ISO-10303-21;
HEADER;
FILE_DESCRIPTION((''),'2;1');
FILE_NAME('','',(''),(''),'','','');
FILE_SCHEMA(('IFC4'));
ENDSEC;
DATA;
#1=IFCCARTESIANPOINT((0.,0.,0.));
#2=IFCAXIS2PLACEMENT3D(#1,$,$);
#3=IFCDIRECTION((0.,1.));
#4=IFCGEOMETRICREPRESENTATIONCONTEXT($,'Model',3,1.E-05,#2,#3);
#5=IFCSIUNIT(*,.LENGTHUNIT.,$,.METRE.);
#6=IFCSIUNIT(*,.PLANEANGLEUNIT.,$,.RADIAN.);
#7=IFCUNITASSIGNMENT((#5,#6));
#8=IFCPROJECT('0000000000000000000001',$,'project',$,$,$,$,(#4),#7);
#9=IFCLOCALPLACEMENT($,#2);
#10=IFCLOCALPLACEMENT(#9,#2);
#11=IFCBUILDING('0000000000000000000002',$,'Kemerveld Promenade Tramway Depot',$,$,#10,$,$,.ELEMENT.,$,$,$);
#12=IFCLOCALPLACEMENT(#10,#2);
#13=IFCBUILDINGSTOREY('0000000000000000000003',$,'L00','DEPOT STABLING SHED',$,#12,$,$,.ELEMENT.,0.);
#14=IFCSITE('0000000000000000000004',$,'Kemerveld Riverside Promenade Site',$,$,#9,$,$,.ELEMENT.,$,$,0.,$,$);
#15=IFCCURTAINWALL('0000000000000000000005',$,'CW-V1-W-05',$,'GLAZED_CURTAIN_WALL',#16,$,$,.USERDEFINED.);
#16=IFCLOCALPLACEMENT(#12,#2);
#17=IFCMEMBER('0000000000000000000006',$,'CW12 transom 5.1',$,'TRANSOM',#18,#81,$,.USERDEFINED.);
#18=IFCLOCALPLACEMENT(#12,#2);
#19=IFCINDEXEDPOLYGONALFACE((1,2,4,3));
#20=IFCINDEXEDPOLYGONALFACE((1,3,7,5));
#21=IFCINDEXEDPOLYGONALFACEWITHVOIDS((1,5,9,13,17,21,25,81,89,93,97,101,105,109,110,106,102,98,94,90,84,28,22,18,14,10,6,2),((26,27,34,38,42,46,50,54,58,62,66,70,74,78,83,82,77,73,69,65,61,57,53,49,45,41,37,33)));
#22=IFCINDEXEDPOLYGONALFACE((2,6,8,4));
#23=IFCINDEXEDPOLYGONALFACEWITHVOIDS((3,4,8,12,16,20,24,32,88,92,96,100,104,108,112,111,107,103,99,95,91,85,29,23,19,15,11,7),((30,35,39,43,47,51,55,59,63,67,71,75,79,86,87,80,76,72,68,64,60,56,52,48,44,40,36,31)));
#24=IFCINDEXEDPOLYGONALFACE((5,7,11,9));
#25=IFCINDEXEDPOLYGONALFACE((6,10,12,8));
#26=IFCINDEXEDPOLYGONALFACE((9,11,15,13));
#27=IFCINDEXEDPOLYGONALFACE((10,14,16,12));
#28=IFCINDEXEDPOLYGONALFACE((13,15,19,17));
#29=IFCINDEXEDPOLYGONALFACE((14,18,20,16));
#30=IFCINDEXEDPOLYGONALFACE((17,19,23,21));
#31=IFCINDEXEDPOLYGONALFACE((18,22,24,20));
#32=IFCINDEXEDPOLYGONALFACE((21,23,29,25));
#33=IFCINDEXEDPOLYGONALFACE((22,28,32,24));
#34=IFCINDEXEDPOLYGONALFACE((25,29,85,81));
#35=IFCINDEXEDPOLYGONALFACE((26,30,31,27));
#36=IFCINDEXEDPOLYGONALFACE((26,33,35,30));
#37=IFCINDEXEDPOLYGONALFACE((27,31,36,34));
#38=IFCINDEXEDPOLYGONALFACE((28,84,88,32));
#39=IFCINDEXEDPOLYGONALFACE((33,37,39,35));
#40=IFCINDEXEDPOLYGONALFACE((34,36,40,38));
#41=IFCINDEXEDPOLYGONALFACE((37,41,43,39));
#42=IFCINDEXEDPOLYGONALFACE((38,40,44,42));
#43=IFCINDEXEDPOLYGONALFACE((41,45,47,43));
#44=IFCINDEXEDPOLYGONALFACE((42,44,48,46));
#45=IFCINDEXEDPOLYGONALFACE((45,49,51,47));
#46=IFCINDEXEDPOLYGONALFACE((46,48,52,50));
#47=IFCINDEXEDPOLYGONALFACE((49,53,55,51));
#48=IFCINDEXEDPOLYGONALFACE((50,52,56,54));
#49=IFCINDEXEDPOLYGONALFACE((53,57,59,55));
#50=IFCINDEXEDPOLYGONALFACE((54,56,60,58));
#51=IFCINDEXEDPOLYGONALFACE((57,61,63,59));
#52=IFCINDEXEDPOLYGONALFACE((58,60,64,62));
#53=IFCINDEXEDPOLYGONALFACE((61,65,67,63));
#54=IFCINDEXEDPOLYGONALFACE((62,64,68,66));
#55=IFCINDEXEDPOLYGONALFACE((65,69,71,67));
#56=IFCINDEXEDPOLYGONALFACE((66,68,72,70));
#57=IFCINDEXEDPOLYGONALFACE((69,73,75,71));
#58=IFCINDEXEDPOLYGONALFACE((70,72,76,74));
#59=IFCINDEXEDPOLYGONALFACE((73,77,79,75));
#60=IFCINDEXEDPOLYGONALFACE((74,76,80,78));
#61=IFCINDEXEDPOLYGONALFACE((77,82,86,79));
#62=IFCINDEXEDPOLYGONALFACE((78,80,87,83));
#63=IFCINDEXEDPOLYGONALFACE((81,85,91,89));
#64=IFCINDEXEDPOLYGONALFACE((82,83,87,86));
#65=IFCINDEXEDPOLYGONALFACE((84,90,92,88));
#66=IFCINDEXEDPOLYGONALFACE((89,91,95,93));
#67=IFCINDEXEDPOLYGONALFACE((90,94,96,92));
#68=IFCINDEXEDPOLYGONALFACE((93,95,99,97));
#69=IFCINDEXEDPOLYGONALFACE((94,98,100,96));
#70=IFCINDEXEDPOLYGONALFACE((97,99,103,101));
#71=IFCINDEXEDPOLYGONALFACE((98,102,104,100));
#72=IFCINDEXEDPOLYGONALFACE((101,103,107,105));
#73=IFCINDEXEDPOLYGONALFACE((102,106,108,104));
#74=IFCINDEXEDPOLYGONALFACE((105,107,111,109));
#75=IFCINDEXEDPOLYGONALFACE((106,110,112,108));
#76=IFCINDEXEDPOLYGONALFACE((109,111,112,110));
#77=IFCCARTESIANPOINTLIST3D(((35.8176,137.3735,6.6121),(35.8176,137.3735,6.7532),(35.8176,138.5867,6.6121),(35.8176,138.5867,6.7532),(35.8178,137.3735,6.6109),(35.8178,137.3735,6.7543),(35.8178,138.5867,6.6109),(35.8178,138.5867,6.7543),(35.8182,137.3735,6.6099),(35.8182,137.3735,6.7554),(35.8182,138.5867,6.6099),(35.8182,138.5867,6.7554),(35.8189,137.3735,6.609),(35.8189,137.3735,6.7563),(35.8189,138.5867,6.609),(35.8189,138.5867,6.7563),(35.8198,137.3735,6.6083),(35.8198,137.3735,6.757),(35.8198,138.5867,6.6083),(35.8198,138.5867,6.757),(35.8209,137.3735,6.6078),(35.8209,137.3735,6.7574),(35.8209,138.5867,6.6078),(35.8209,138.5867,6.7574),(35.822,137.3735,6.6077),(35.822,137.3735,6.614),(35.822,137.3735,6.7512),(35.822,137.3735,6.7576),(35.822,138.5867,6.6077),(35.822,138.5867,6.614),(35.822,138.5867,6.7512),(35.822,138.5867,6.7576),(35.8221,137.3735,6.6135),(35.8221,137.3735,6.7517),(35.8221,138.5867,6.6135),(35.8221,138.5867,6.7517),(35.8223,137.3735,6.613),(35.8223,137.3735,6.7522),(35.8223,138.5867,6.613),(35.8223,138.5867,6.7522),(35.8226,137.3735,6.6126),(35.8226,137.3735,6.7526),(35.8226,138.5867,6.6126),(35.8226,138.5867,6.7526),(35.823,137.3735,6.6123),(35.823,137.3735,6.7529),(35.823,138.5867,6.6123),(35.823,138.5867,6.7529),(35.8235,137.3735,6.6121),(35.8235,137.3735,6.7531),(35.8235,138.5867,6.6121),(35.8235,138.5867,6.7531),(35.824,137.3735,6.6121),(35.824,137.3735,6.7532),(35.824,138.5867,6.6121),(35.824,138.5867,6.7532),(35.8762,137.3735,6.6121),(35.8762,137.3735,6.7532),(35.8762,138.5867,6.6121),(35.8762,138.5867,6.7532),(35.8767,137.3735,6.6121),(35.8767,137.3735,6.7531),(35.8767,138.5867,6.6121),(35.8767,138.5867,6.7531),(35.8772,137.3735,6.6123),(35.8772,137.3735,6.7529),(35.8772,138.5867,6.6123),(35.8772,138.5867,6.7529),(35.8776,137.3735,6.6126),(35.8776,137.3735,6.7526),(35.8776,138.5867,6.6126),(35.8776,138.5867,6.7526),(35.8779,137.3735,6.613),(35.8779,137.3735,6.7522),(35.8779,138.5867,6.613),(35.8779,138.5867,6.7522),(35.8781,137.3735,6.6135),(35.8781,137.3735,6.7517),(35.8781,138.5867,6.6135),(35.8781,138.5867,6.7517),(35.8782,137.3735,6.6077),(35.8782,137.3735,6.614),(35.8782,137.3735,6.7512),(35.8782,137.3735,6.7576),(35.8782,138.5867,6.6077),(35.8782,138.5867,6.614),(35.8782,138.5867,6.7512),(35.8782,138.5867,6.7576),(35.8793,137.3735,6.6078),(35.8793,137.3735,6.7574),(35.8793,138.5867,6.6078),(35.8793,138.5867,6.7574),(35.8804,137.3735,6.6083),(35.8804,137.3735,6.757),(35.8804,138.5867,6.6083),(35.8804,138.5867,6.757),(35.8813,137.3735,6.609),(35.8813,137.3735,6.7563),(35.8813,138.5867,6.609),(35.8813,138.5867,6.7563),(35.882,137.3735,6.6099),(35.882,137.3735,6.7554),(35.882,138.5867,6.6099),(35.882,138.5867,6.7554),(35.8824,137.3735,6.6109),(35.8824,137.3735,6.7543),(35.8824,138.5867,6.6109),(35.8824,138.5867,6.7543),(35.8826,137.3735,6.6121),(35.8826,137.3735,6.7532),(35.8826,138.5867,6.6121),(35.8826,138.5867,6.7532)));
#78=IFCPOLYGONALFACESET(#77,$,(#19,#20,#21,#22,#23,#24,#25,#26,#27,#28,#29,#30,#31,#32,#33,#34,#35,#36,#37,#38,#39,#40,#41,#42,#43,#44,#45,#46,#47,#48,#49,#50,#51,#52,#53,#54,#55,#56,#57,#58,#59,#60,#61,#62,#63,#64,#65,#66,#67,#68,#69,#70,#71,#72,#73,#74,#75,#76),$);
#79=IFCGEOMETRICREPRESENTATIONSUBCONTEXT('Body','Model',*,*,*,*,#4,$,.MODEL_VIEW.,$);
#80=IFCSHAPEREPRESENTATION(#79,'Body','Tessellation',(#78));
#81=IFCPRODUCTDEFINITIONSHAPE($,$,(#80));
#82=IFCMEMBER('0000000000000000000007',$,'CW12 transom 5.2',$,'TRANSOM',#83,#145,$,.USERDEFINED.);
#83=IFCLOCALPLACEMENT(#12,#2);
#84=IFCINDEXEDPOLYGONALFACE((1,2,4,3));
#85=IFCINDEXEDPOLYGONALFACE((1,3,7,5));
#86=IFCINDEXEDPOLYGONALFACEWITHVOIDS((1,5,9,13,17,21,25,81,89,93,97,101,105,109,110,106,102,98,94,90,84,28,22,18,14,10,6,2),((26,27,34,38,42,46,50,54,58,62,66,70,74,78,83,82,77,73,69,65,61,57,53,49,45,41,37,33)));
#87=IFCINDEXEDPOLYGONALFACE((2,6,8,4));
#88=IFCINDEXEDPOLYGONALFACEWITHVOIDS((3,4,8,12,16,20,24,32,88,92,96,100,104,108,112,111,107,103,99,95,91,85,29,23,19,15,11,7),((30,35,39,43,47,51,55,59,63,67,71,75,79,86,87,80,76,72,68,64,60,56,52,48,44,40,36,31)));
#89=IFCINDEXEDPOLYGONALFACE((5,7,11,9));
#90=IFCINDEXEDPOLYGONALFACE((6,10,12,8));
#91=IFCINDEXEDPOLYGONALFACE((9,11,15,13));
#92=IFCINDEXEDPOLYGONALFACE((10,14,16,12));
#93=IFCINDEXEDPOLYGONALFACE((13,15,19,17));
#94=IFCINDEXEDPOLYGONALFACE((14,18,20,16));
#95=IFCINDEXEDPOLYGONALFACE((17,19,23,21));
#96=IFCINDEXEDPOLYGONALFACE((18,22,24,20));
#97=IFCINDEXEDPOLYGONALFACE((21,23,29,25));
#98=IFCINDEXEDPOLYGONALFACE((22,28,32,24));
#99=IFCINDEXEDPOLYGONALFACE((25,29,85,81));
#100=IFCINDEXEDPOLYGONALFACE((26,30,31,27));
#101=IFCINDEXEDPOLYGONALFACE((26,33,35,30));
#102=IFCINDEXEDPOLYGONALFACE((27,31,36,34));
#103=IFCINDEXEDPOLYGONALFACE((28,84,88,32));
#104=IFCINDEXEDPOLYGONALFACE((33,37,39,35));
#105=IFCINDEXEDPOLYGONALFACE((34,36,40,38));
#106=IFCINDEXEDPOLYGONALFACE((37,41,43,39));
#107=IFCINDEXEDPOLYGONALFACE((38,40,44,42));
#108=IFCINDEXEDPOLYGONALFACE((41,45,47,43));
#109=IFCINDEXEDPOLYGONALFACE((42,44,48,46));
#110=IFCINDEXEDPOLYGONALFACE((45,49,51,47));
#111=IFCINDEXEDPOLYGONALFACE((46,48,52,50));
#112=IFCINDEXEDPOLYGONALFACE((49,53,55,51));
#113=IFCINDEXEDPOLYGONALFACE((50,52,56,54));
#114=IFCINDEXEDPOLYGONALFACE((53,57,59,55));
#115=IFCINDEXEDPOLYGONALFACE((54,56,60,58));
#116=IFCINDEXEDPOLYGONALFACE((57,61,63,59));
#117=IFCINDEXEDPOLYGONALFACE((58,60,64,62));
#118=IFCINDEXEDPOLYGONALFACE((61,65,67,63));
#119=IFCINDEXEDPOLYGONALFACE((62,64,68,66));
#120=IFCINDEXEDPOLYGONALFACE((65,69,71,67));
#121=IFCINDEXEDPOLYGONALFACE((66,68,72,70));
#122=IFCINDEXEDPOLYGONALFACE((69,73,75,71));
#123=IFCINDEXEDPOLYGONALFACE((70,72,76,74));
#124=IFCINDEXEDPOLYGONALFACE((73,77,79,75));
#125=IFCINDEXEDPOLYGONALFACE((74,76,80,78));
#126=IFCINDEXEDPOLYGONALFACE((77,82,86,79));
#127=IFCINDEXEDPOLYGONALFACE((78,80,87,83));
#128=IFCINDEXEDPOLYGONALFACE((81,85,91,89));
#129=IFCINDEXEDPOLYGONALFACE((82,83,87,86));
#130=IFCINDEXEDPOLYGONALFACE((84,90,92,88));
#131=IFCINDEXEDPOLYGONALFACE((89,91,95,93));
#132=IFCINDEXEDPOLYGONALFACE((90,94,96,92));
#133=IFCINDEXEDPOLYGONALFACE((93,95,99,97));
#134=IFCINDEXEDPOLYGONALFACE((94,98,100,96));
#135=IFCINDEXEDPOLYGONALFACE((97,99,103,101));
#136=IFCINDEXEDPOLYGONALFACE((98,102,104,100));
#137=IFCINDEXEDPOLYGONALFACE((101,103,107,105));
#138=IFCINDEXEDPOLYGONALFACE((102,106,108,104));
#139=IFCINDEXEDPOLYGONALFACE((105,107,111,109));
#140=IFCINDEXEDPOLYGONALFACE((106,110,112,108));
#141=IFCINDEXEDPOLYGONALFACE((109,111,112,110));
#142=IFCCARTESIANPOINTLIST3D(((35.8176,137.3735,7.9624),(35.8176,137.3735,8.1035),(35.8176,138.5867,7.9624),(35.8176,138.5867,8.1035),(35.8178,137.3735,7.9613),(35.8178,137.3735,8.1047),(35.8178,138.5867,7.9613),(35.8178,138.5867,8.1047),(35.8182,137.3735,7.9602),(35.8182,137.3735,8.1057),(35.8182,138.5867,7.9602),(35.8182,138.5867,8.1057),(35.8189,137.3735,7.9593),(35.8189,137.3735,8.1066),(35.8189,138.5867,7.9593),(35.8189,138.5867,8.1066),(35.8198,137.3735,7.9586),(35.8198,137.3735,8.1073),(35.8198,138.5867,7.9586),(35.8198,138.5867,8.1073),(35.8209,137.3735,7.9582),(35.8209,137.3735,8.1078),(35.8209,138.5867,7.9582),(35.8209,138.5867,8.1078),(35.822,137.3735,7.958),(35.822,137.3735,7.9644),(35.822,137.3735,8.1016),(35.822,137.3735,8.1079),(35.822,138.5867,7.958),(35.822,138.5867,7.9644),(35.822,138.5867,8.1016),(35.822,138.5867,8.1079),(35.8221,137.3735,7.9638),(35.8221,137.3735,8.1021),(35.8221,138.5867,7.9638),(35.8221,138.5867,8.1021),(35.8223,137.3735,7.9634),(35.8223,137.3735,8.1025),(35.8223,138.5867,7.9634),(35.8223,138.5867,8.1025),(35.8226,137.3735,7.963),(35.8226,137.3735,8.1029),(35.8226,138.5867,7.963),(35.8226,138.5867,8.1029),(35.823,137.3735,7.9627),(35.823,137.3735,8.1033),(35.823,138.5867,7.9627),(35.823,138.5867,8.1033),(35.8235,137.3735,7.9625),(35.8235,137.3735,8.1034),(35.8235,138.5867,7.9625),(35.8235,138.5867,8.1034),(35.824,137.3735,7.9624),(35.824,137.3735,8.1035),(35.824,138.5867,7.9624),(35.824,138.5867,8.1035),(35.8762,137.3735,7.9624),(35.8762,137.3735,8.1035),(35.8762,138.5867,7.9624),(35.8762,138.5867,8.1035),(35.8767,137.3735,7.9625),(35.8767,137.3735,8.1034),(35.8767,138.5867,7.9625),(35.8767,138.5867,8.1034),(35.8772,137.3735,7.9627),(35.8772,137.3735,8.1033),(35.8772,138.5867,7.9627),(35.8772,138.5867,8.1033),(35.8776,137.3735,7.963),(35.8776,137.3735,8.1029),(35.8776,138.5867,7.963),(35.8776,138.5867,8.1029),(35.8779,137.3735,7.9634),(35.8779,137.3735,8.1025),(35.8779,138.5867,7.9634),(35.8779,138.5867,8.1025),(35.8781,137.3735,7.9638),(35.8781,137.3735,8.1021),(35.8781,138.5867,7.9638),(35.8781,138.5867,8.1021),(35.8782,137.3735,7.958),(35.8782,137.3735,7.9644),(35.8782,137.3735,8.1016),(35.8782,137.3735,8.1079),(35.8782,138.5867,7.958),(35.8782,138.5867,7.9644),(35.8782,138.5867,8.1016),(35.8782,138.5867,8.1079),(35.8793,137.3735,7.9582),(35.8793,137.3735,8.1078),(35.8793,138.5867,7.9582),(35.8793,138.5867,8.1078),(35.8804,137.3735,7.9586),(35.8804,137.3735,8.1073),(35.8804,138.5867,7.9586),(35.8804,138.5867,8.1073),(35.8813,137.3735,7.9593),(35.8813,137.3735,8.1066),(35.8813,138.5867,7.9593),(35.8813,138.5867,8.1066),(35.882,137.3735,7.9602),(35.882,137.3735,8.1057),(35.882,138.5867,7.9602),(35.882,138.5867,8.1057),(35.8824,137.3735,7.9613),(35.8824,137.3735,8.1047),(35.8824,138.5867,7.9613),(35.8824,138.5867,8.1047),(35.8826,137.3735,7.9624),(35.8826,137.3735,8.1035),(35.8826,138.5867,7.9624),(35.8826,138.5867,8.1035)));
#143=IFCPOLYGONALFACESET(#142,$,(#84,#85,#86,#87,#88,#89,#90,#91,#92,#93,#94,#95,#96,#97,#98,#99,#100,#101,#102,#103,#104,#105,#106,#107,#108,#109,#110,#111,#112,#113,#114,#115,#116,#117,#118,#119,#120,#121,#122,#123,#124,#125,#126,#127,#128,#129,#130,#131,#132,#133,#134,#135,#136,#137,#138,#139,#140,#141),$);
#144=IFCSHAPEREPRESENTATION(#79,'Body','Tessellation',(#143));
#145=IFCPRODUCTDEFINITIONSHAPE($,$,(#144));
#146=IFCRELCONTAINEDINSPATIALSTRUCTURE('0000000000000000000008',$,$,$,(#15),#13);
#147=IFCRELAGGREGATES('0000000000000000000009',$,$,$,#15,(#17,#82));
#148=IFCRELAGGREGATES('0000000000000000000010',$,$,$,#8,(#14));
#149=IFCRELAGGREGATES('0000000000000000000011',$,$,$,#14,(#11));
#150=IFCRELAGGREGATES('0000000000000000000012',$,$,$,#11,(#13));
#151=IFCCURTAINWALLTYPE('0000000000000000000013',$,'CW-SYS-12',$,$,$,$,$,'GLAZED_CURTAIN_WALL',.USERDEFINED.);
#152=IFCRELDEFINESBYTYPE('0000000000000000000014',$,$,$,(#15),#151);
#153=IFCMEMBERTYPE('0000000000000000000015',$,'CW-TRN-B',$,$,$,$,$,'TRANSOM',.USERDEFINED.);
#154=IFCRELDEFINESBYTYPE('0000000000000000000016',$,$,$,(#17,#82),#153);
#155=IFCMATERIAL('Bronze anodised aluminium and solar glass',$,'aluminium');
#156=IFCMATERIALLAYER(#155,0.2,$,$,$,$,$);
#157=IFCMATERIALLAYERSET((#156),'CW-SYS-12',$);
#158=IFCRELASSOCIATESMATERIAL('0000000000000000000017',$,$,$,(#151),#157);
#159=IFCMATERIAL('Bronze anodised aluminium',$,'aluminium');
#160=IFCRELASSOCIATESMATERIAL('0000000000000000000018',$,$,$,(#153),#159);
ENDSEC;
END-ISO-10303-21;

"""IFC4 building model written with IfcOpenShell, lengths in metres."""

from ifc_helpers import new_model, si_unit, direction, frame, origin, origin_2d, place, context, subcontext, project, spatial, hollow_rectangle, extrude, material, layer, layer_set, material_profile, profile_set, type_object, element, aggregate, save


model = new_model("IFC4")

# Units and contexts
model_context = context("Model", 3, precision=1e-05, world=origin(), true_north=direction((0.0, 1.0)))
body_context = subcontext(model_context, "Body", "Model", "MODEL_VIEW")
ifc_project = project(units=[si_unit("LENGTHUNIT", "METRE"), si_unit("PLANEANGLEUNIT", "RADIAN")], contexts=[model_context])

# Site, building, storey
site_placement = place(None, origin())
site = spatial("IfcSite", under=ifc_project, at=site_placement, Name="Kemerveld Riverside Promenade Site", CompositionType="ELEMENT", RefElevation=0.0)
building_placement = place(site_placement, origin())
building = spatial("IfcBuilding", under=site, at=building_placement, Name="Kemerveld Promenade Tramway Depot", CompositionType="ELEMENT")
storey_placement = place(building_placement, origin())
storey = spatial("IfcBuildingStorey", under=building, at=storey_placement, Name="L00", Description="DEPOT STABLING SHED", CompositionType="ELEMENT", Elevation=0.0)

# Curtain wall, members
ifc_material_1 = material(Name="Bronze anodised aluminium and solar glass", Category="aluminium")
ifc_layer_1 = layer(ifc_material_1, 0.2)
ifc_layer_set_1 = layer_set([ifc_layer_1], Name="CW-SYS-12")
curtain_wall_type = type_object("IfcCurtainWallType", Name="CW-SYS-12", ElementType="GLAZED_CURTAIN_WALL", PredefinedType="USERDEFINED", material=ifc_layer_set_1)
curtain_wall_placement = place(storey_placement, origin())
curtain_wall = element("IfcCurtainWall", 1, at=curtain_wall_placement, inside=storey, type_object=curtain_wall_type, Name="CW-V1-W-05", ObjectType="GLAZED_CURTAIN_WALL", PredefinedType="USERDEFINED")
ifc_material_2 = material(Name="Bronze anodised aluminium", Category="aluminium")
ifc_material_profile_1 = material_profile(ifc_material_2, hollow_rectangle(XDim=0.0649, YDim=0.1499, WallThickness=0.0044, InnerFilletRadius=0.002, OuterFilletRadius=0.0044, at=origin_2d()), Name="CW-TRN-150x65")
ifc_profile_set_1 = profile_set([ifc_material_profile_1], Name="Bronze anodised aluminium")
member_type_1 = type_object("IfcMemberType", Name="CW-TRN-B", ElementType="TRANSOM", PredefinedType="USERDEFINED", material=ifc_profile_set_1)
member_1_placement = place(storey_placement, frame((35.8501, 137.3735, 6.6826), z_axis=(0.0, 1.0, 0.0), x_axis=(-1.0, 0.0, 0.0)))
member_1 = element("IfcMember", 2, at=member_1_placement, type_object=member_type_1, Name="CW12 transom 5.1", ObjectType="TRANSOM", PredefinedType="USERDEFINED", context=body_context, shape_type="SweptSolid", body=[
    extrude(hollow_rectangle(XDim=0.0649, YDim=0.1499, WallThickness=0.0044, InnerFilletRadius=0.002, OuterFilletRadius=0.0044, at=origin_2d()), origin(), (0.0, 0.0, 1.0), 1.2131),
])
member_2_placement = place(storey_placement, frame((35.8501, 137.3735, 8.033), z_axis=(0.0, 1.0, 0.0), x_axis=(-1.0, 0.0, 0.0)))
member_2 = element("IfcMember", 3, at=member_2_placement, type_object=member_type_1, Name="CW12 transom 5.2", ObjectType="TRANSOM", PredefinedType="USERDEFINED", context=body_context, shape_type="SweptSolid", body=[
    extrude(hollow_rectangle(XDim=0.0649, YDim=0.1499, WallThickness=0.0044, InnerFilletRadius=0.002, OuterFilletRadius=0.0044, at=origin_2d()), origin(), (0.0, 0.0, 1.0), 1.2131),
])
aggregate(curtain_wall, [member_1, member_2])

save(model, "model.ifc")
